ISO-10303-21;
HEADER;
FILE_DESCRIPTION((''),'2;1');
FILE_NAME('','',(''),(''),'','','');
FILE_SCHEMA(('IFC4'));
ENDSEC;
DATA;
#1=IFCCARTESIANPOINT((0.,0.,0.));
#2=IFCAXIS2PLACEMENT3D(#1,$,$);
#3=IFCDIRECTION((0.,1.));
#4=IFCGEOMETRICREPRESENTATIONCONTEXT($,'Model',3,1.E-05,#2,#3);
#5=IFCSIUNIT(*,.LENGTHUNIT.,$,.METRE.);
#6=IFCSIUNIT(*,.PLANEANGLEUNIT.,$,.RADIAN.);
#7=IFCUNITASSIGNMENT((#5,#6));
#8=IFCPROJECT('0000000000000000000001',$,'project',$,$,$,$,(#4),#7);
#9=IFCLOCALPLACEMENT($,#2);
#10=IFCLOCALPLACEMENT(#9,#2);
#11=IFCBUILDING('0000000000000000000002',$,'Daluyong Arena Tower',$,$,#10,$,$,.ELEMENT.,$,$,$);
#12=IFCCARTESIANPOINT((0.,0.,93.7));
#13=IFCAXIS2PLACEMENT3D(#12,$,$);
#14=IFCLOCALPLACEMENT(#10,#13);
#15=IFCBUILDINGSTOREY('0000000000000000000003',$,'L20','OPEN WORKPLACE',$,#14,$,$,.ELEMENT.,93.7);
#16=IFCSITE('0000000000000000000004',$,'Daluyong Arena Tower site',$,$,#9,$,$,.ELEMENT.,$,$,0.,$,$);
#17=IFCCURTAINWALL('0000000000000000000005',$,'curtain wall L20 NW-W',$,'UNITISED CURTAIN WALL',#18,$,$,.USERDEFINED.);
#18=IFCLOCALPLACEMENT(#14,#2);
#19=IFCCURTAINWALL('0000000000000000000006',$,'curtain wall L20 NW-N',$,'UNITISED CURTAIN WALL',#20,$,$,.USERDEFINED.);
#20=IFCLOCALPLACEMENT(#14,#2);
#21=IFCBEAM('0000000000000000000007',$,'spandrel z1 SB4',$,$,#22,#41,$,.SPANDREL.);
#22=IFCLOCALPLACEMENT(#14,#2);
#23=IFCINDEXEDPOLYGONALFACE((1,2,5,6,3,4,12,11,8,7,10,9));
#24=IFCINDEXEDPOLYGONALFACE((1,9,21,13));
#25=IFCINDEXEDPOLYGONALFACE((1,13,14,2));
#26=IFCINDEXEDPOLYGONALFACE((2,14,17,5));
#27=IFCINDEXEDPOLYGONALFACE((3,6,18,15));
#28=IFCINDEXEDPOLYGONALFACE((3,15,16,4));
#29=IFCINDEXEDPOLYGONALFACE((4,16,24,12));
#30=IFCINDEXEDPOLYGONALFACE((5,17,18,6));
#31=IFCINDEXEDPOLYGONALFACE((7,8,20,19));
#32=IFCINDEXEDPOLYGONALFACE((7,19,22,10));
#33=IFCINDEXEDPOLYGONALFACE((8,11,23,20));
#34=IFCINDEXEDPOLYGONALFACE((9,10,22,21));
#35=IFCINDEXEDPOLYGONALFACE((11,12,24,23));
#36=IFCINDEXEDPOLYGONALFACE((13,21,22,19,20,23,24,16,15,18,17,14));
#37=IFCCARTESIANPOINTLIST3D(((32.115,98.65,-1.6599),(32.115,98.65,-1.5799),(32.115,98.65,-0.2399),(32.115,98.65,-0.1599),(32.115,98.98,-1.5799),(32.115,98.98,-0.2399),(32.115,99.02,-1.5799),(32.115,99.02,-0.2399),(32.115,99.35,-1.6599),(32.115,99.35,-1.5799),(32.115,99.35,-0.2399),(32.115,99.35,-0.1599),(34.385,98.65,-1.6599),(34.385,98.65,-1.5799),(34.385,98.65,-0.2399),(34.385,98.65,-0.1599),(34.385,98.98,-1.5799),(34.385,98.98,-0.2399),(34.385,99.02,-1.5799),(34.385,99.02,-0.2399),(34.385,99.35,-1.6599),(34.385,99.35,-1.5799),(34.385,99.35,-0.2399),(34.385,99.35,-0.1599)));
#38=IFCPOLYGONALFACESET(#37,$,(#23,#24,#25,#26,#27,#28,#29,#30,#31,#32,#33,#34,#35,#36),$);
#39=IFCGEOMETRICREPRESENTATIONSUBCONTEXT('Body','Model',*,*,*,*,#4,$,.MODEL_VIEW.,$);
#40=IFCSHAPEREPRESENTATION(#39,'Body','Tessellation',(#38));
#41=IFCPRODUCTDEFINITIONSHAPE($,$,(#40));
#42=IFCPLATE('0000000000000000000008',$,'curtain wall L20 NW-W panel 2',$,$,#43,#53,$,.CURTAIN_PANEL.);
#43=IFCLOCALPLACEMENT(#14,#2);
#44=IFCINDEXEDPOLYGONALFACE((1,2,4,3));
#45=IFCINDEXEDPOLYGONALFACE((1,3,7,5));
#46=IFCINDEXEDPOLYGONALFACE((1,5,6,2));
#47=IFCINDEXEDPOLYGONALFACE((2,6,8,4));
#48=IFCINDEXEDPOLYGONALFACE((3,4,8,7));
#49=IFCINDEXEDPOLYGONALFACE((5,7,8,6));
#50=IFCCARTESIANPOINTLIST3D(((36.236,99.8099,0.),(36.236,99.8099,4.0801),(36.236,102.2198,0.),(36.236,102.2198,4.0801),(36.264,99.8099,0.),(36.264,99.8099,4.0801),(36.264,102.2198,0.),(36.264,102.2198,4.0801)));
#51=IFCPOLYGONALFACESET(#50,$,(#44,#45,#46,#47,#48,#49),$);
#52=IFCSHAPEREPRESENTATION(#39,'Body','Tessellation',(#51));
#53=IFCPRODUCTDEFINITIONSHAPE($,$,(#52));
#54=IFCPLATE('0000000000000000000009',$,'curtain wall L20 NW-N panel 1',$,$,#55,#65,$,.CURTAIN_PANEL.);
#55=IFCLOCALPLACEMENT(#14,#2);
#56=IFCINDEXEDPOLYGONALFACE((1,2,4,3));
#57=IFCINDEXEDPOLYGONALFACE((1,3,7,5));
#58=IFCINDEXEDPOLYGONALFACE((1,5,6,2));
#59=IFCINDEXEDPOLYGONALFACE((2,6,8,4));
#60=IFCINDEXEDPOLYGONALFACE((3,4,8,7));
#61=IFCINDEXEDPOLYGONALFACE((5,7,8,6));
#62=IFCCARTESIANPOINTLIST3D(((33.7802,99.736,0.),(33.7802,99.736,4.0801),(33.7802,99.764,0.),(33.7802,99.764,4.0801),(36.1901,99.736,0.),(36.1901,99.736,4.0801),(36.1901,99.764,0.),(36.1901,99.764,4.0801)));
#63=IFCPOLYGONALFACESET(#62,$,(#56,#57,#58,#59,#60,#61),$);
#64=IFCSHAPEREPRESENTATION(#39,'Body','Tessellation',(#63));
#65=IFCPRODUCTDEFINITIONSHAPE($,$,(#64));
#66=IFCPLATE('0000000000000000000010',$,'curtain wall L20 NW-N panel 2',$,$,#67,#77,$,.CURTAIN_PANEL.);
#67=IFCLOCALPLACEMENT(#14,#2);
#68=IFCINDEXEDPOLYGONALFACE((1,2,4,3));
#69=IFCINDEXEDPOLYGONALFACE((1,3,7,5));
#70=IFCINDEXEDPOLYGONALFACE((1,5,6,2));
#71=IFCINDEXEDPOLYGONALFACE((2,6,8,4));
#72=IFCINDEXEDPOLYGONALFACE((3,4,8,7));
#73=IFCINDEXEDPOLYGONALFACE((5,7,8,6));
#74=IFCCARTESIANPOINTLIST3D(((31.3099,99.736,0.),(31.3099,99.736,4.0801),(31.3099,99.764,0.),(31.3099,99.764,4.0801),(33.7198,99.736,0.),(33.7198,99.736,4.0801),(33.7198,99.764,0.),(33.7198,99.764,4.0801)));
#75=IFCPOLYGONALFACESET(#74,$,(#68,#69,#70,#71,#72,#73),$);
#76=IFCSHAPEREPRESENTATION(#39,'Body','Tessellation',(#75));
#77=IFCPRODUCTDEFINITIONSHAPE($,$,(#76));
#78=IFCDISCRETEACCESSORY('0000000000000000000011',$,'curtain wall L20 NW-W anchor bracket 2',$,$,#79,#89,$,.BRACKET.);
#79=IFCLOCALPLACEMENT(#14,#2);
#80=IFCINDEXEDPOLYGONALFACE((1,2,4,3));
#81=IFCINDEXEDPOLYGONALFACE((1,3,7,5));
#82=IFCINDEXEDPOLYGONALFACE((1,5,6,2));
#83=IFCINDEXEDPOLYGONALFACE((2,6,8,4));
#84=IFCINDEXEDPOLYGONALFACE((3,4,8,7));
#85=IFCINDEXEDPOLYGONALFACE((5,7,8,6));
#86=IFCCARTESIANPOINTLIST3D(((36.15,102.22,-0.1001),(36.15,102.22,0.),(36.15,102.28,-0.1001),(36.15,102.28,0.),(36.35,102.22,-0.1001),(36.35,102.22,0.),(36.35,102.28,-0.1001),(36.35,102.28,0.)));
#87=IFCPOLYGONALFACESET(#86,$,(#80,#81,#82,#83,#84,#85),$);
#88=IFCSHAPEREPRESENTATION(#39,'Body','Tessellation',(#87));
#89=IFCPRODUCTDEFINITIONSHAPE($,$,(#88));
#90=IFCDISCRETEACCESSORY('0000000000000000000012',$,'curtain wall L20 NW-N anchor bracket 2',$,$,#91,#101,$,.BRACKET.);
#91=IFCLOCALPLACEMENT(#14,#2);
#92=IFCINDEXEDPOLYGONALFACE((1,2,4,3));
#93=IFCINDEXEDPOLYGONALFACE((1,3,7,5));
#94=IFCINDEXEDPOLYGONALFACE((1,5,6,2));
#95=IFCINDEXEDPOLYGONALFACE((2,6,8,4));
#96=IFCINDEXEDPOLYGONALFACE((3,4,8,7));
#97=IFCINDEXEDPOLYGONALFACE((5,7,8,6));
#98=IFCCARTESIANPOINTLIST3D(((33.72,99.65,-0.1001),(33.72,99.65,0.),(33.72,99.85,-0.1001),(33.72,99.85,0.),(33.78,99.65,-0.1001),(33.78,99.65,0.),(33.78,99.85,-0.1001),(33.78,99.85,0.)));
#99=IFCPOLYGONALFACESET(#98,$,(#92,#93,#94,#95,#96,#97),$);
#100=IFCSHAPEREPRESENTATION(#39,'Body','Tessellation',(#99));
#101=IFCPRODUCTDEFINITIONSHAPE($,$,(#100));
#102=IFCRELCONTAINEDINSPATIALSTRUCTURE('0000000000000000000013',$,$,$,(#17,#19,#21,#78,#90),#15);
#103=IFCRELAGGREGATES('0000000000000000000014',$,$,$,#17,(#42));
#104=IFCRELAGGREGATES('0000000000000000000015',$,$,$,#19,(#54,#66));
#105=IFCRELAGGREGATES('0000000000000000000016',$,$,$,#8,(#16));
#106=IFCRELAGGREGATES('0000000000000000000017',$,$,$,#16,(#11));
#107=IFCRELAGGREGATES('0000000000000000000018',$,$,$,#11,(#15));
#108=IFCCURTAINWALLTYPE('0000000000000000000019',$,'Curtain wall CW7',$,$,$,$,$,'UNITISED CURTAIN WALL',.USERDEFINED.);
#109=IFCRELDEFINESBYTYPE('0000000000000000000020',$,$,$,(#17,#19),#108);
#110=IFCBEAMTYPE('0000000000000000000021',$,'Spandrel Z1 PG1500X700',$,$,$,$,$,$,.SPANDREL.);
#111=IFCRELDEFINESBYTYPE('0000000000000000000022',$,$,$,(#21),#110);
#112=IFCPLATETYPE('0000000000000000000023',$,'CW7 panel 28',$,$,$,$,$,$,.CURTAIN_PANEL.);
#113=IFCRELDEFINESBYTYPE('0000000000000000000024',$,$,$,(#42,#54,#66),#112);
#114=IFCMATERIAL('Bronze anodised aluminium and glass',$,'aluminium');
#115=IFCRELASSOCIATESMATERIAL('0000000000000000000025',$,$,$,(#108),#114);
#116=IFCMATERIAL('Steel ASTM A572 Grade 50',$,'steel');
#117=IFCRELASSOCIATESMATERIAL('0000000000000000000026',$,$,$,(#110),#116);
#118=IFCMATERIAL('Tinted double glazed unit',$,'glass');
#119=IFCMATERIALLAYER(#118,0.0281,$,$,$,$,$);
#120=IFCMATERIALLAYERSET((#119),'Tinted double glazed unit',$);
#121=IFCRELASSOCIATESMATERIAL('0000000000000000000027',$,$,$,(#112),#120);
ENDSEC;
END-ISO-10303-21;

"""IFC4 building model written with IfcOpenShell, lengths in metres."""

from ifc_helpers import new_model, si_unit, direction, frame, origin, origin_2d, place, context, subcontext, project, spatial, rectangle, i_section, extrude, material, layer, layer_set, material_profile, profile_set, type_object, element, aggregate, save


model = new_model("IFC4")

# Units and contexts
model_context = context("Model", 3, precision=1e-05, world=origin(), true_north=direction((0.0, 1.0)))
body_context = subcontext(model_context, "Body", "Model", "MODEL_VIEW")
ifc_project = project(units=[si_unit("LENGTHUNIT", "METRE"), si_unit("PLANEANGLEUNIT", "RADIAN")], contexts=[model_context])

# Site, building, storey
site_placement = place(None, origin())
site = spatial("IfcSite", under=ifc_project, at=site_placement, Name="Daluyong Arena Tower site", CompositionType="ELEMENT", RefElevation=0.0)
building_placement = place(site_placement, origin())
building = spatial("IfcBuilding", under=site, at=building_placement, Name="Daluyong Arena Tower", CompositionType="ELEMENT")
storey_placement = place(building_placement, frame((0.0, 0.0, 93.7)))
storey = spatial("IfcBuildingStorey", under=building, at=storey_placement, Name="L20", Description="OPEN WORKPLACE", CompositionType="ELEMENT", Elevation=93.7)

# Curtain walls
ifc_material_1 = material(Name="Bronze anodised aluminium and glass", Category="aluminium")
curtain_wall_type_1 = type_object("IfcCurtainWallType", Name="Curtain wall CW7", ElementType="UNITISED CURTAIN WALL", PredefinedType="USERDEFINED", material=ifc_material_1)
curtain_wall_1_placement = place(storey_placement, origin())
curtain_wall_1 = element("IfcCurtainWall", 1, at=curtain_wall_1_placement, inside=storey, type_object=curtain_wall_type_1, Name="curtain wall L20 NW-W", ObjectType="UNITISED CURTAIN WALL", PredefinedType="USERDEFINED")
curtain_wall_2_placement = place(storey_placement, origin())
curtain_wall_2 = element("IfcCurtainWall", 2, at=curtain_wall_2_placement, inside=storey, type_object=curtain_wall_type_1, Name="curtain wall L20 NW-N", ObjectType="UNITISED CURTAIN WALL", PredefinedType="USERDEFINED")

# Beam
ifc_material_2 = material(Name="Steel ASTM A572 Grade 50", Category="steel")
ifc_material_profile_1 = material_profile(ifc_material_2, i_section(OverallWidth=0.7, OverallDepth=1.5, WebThickness=0.04, FlangeThickness=0.08, at=origin_2d()))
ifc_profile_set_1 = profile_set([ifc_material_profile_1], Name="Steel ASTM A572 Grade 50")
beam_type = type_object("IfcBeamType", Name="Spandrel Z1 PG1500X700", PredefinedType="SPANDREL", material=ifc_profile_set_1)
beam_placement = place(storey_placement, frame((34.385, 99.0, -0.9099), z_axis=(-1.0, 0.0, 0.0), x_axis=(0.0, -1.0, 0.0)))
element("IfcBeam", 3, at=beam_placement, inside=storey, type_object=beam_type, Name="spandrel z1 SB4", PredefinedType="SPANDREL", context=body_context, shape_type="SweptSolid", body=[
    extrude(i_section(OverallWidth=0.7, OverallDepth=1.5, WebThickness=0.04, FlangeThickness=0.08, at=origin_2d()), origin(), (0.0, 0.0, 1.0), 2.27),
])

# Plates
ifc_material_3 = material(Name="Tinted double glazed unit", Category="glass")
ifc_layer = layer(ifc_material_3, 0.0281)
ifc_layer_set = layer_set([ifc_layer], Name="Tinted double glazed unit")
plate_type = type_object("IfcPlateType", Name="CW7 panel 28", PredefinedType="CURTAIN_PANEL", material=ifc_layer_set)
plate_1_placement = place(storey_placement, frame((36.25, 101.0149, 0.0), z_axis=(0.0, 0.0, 1.0), x_axis=(0.0, -1.0, 0.0)))
plate_1 = element("IfcPlate", 4, at=plate_1_placement, type_object=plate_type, Name="curtain wall L20 NW-W panel 2", PredefinedType="CURTAIN_PANEL", context=body_context, shape_type="SweptSolid", body=[
    extrude(rectangle(XDim=2.4099, YDim=0.0281, at=origin_2d()), origin(), (0.0, 0.0, 1.0), 4.0801),
])
aggregate(curtain_wall_1, [plate_1])
plate_2_placement = place(storey_placement, frame((34.9851, 99.75, 0.0), z_axis=(0.0, 0.0, 1.0), x_axis=(-1.0, 0.0, 0.0)))
plate_2 = element("IfcPlate", 5, at=plate_2_placement, type_object=plate_type, Name="curtain wall L20 NW-N panel 1", PredefinedType="CURTAIN_PANEL", context=body_context, shape_type="SweptSolid", body=[
    extrude(rectangle(XDim=2.4099, YDim=0.0281, at=origin_2d()), origin(), (0.0, 0.0, 1.0), 4.0801),
])
plate_3_placement = place(storey_placement, frame((32.5149, 99.75, 0.0), z_axis=(0.0, 0.0, 1.0), x_axis=(-1.0, 0.0, 0.0)))
plate_3 = element("IfcPlate", 6, at=plate_3_placement, type_object=plate_type, Name="curtain wall L20 NW-N panel 2", PredefinedType="CURTAIN_PANEL", context=body_context, shape_type="SweptSolid", body=[
    extrude(rectangle(XDim=2.4099, YDim=0.0281, at=origin_2d()), origin(), (0.0, 0.0, 1.0), 4.0801),
])
aggregate(curtain_wall_2, [plate_2, plate_3])

# Discrete accessories
for number, where, z_axis, x_axis, name in (
    (7, (36.25, 102.25, -0.1001), (0.0, 0.0, 1.0), (0.0, -1.0, 0.0), "curtain wall L20 NW-W anchor bracket 2"),
    (8, (33.75, 99.75, -0.1001), (0.0, 0.0, 1.0), (-1.0, 0.0, 0.0), "curtain wall L20 NW-N anchor bracket 2"),
):
    element("IfcDiscreteAccessory", number, at=place(storey_placement, frame(where, z_axis=z_axis, x_axis=x_axis)), inside=storey, Name=name, PredefinedType="BRACKET", context=body_context, shape_type="SweptSolid", body=[
        extrude(rectangle(XDim=0.0601, YDim=0.2, at=origin_2d()), origin(), (0.0, 0.0, 1.0), 0.1001),
    ])

save(model, "model.ifc")
